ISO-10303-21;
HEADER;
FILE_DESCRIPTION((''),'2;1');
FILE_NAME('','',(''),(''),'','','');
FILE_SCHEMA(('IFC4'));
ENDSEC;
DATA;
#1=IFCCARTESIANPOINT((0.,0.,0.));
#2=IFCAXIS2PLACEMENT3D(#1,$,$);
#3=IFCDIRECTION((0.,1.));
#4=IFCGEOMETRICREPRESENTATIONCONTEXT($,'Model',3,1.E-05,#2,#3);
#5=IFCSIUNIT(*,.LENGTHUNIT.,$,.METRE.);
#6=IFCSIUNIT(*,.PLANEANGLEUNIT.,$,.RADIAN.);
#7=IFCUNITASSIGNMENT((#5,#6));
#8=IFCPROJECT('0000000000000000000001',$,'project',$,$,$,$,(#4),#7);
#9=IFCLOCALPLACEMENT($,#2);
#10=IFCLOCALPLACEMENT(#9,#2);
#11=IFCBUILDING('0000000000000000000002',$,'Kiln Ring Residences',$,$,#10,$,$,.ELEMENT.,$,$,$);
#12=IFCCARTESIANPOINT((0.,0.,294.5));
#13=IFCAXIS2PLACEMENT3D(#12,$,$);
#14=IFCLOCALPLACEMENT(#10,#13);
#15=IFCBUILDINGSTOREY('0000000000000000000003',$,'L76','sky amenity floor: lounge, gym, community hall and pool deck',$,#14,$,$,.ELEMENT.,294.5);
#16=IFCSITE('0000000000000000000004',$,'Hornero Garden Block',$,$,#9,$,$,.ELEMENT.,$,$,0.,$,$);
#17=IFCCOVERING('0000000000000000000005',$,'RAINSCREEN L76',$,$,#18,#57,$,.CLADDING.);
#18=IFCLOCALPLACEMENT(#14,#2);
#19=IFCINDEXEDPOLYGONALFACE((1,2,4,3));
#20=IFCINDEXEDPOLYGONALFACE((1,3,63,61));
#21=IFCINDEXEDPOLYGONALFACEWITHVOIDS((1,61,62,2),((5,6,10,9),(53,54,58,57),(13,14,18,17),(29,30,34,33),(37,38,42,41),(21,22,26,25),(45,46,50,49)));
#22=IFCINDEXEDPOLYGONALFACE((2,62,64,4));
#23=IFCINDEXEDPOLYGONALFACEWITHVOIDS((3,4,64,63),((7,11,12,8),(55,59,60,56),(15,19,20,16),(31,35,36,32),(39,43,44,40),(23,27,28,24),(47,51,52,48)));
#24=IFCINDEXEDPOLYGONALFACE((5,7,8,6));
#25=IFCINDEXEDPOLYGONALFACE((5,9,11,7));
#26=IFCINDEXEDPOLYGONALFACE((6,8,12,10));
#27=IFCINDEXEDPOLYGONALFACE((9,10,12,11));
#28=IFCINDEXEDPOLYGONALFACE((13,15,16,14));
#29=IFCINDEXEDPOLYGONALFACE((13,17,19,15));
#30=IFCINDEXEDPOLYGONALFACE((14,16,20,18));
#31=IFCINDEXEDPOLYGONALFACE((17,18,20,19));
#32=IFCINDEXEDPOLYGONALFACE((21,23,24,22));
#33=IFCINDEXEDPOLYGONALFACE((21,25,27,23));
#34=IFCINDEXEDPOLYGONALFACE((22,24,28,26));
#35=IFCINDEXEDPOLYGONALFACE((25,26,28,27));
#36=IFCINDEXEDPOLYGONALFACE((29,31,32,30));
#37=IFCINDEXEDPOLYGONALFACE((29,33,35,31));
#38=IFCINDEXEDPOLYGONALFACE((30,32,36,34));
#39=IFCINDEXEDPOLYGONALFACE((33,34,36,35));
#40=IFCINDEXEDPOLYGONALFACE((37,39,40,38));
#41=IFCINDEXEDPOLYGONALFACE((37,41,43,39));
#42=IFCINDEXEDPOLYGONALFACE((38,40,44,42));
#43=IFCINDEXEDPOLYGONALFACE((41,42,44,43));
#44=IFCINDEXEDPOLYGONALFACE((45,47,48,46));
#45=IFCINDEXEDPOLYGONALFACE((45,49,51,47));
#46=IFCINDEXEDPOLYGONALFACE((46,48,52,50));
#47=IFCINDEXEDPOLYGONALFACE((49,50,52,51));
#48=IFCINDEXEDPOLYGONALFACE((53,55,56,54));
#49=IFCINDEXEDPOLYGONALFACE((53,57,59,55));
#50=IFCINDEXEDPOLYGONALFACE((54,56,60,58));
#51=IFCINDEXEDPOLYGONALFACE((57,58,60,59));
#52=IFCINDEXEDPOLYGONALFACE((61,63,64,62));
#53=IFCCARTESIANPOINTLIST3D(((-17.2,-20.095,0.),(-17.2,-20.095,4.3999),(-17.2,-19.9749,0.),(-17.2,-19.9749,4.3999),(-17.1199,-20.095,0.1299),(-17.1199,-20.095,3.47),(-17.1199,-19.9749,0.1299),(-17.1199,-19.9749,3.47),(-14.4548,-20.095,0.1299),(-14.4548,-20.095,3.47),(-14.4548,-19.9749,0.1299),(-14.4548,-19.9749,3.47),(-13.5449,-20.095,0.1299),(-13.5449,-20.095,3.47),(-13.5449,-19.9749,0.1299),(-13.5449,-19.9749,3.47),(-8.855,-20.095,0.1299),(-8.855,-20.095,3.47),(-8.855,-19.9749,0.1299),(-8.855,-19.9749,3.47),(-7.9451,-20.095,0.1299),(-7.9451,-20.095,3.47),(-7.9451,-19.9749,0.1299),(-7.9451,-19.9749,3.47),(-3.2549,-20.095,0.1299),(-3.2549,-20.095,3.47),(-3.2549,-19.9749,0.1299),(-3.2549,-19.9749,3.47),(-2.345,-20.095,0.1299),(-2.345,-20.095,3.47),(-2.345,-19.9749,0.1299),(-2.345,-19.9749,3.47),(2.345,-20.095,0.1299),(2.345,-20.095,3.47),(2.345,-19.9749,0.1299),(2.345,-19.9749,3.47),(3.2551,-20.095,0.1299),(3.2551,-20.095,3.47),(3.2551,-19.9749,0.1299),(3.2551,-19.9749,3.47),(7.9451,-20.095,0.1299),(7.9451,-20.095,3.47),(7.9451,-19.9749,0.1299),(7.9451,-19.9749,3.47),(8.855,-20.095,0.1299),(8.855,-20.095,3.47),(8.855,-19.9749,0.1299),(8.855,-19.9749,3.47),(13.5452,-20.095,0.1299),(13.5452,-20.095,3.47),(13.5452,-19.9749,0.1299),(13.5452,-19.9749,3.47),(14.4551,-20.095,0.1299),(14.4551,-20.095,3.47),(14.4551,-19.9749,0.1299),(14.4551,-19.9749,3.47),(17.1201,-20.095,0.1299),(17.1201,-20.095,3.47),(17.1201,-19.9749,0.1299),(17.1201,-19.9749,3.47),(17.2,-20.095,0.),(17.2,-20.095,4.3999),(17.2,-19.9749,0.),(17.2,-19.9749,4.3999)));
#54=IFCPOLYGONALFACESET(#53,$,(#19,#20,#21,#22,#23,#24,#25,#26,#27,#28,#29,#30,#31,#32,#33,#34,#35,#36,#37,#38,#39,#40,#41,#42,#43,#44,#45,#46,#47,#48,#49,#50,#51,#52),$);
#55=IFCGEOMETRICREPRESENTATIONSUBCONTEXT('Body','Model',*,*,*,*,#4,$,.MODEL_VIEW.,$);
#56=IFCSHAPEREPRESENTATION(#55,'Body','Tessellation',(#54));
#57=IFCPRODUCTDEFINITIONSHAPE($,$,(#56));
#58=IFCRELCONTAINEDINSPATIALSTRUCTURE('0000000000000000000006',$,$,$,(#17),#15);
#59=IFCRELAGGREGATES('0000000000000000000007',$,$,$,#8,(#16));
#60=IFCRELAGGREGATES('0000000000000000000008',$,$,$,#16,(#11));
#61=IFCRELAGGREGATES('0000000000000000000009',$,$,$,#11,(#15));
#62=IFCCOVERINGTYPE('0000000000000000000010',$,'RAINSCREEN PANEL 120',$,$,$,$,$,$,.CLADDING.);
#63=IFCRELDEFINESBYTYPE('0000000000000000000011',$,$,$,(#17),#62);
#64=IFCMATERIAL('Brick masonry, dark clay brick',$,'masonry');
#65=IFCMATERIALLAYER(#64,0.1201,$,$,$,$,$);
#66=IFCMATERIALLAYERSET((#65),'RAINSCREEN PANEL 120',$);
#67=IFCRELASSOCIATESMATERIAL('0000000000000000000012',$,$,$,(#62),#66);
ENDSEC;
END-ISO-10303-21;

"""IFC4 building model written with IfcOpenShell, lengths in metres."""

from ifc_helpers import new_model, si_unit, direction, frame, origin, place, context, subcontext, project, spatial, polyline, outline, extrude, material, layer, layer_set, type_object, element, save


model = new_model("IFC4")

# Units and contexts
model_context = context("Model", 3, precision=1e-05, world=origin(), true_north=direction((0.0, 1.0)))
body_context = subcontext(model_context, "Body", "Model", "MODEL_VIEW")
ifc_project = project(units=[si_unit("LENGTHUNIT", "METRE"), si_unit("PLANEANGLEUNIT", "RADIAN")], contexts=[model_context])

# Site, building, storey
site_placement = place(None, origin())
site = spatial("IfcSite", under=ifc_project, at=site_placement, Name="Hornero Garden Block", CompositionType="ELEMENT", RefElevation=0.0)
building_placement = place(site_placement, origin())
building = spatial("IfcBuilding", under=site, at=building_placement, Name="Kiln Ring Residences", CompositionType="ELEMENT")
storey_placement = place(building_placement, frame((0.0, 0.0, 294.5)))
storey = spatial("IfcBuildingStorey", under=building, at=storey_placement, Name="L76", Description="sky amenity floor: lounge, gym, community hall and pool deck", CompositionType="ELEMENT", Elevation=294.5)

# Covering
ifc_material_1 = material(Name="Brick masonry, dark clay brick", Category="masonry")
ifc_layer_1 = layer(ifc_material_1, 0.1201)
ifc_layer_set_1 = layer_set([ifc_layer_1], Name="RAINSCREEN PANEL 120")
covering_type = type_object("IfcCoveringType", Name="RAINSCREEN PANEL 120", PredefinedType="CLADDING", material=ifc_layer_set_1)
covering_1_placement = place(storey_placement, frame((-17.2, -20.0349, 0.0), z_axis=(0.0, 0.0, 1.0), x_axis=(1.0, 0.0, 0.0)))
element("IfcCovering", 1, at=covering_1_placement, inside=storey, type_object=covering_type, Name="RAINSCREEN L76", PredefinedType="CLADDING", context=body_context, shape_type="SweptSolid", body=[
    extrude(outline(polyline([(0.0, 0.0), (34.3999, 0.0), (34.3999, 4.3999), (0.0, 4.3999), (0.0, 0.0)]), holes=[polyline([(2.7451, 0.1299), (2.7451, 3.47), (0.0801, 3.47), (0.0801, 0.1299), (2.7451, 0.1299)]), polyline([(3.655, 0.1299), (8.345, 0.1299), (8.345, 3.47), (3.655, 3.47), (3.655, 0.1299)]), polyline([(9.2549, 0.1299), (13.9451, 0.1299), (13.9451, 3.47), (9.2549, 3.47), (9.2549, 0.1299)]), polyline([(14.855, 0.1299), (19.5449, 0.1299), (19.5449, 3.47), (14.855, 3.47), (14.855, 0.1299)]), polyline([(20.4551, 0.1299), (25.145, 0.1299), (25.145, 3.47), (20.4551, 3.47), (20.4551, 0.1299)]), polyline([(26.0549, 0.1299), (30.7451, 0.1299), (30.7451, 3.47), (26.0549, 3.47), (26.0549, 0.1299)]), polyline([(31.655, 0.1299), (34.3201, 0.1299), (34.3201, 3.47), (31.655, 3.47), (31.655, 0.1299)])]), frame((0.0, 0.0601, 0.0), z_axis=(0.0, -1.0, 0.0), x_axis=(1.0, 0.0, 0.0)), (0.0, 0.0, 1.0), 0.1201),
])

save(model, "model.ifc")
